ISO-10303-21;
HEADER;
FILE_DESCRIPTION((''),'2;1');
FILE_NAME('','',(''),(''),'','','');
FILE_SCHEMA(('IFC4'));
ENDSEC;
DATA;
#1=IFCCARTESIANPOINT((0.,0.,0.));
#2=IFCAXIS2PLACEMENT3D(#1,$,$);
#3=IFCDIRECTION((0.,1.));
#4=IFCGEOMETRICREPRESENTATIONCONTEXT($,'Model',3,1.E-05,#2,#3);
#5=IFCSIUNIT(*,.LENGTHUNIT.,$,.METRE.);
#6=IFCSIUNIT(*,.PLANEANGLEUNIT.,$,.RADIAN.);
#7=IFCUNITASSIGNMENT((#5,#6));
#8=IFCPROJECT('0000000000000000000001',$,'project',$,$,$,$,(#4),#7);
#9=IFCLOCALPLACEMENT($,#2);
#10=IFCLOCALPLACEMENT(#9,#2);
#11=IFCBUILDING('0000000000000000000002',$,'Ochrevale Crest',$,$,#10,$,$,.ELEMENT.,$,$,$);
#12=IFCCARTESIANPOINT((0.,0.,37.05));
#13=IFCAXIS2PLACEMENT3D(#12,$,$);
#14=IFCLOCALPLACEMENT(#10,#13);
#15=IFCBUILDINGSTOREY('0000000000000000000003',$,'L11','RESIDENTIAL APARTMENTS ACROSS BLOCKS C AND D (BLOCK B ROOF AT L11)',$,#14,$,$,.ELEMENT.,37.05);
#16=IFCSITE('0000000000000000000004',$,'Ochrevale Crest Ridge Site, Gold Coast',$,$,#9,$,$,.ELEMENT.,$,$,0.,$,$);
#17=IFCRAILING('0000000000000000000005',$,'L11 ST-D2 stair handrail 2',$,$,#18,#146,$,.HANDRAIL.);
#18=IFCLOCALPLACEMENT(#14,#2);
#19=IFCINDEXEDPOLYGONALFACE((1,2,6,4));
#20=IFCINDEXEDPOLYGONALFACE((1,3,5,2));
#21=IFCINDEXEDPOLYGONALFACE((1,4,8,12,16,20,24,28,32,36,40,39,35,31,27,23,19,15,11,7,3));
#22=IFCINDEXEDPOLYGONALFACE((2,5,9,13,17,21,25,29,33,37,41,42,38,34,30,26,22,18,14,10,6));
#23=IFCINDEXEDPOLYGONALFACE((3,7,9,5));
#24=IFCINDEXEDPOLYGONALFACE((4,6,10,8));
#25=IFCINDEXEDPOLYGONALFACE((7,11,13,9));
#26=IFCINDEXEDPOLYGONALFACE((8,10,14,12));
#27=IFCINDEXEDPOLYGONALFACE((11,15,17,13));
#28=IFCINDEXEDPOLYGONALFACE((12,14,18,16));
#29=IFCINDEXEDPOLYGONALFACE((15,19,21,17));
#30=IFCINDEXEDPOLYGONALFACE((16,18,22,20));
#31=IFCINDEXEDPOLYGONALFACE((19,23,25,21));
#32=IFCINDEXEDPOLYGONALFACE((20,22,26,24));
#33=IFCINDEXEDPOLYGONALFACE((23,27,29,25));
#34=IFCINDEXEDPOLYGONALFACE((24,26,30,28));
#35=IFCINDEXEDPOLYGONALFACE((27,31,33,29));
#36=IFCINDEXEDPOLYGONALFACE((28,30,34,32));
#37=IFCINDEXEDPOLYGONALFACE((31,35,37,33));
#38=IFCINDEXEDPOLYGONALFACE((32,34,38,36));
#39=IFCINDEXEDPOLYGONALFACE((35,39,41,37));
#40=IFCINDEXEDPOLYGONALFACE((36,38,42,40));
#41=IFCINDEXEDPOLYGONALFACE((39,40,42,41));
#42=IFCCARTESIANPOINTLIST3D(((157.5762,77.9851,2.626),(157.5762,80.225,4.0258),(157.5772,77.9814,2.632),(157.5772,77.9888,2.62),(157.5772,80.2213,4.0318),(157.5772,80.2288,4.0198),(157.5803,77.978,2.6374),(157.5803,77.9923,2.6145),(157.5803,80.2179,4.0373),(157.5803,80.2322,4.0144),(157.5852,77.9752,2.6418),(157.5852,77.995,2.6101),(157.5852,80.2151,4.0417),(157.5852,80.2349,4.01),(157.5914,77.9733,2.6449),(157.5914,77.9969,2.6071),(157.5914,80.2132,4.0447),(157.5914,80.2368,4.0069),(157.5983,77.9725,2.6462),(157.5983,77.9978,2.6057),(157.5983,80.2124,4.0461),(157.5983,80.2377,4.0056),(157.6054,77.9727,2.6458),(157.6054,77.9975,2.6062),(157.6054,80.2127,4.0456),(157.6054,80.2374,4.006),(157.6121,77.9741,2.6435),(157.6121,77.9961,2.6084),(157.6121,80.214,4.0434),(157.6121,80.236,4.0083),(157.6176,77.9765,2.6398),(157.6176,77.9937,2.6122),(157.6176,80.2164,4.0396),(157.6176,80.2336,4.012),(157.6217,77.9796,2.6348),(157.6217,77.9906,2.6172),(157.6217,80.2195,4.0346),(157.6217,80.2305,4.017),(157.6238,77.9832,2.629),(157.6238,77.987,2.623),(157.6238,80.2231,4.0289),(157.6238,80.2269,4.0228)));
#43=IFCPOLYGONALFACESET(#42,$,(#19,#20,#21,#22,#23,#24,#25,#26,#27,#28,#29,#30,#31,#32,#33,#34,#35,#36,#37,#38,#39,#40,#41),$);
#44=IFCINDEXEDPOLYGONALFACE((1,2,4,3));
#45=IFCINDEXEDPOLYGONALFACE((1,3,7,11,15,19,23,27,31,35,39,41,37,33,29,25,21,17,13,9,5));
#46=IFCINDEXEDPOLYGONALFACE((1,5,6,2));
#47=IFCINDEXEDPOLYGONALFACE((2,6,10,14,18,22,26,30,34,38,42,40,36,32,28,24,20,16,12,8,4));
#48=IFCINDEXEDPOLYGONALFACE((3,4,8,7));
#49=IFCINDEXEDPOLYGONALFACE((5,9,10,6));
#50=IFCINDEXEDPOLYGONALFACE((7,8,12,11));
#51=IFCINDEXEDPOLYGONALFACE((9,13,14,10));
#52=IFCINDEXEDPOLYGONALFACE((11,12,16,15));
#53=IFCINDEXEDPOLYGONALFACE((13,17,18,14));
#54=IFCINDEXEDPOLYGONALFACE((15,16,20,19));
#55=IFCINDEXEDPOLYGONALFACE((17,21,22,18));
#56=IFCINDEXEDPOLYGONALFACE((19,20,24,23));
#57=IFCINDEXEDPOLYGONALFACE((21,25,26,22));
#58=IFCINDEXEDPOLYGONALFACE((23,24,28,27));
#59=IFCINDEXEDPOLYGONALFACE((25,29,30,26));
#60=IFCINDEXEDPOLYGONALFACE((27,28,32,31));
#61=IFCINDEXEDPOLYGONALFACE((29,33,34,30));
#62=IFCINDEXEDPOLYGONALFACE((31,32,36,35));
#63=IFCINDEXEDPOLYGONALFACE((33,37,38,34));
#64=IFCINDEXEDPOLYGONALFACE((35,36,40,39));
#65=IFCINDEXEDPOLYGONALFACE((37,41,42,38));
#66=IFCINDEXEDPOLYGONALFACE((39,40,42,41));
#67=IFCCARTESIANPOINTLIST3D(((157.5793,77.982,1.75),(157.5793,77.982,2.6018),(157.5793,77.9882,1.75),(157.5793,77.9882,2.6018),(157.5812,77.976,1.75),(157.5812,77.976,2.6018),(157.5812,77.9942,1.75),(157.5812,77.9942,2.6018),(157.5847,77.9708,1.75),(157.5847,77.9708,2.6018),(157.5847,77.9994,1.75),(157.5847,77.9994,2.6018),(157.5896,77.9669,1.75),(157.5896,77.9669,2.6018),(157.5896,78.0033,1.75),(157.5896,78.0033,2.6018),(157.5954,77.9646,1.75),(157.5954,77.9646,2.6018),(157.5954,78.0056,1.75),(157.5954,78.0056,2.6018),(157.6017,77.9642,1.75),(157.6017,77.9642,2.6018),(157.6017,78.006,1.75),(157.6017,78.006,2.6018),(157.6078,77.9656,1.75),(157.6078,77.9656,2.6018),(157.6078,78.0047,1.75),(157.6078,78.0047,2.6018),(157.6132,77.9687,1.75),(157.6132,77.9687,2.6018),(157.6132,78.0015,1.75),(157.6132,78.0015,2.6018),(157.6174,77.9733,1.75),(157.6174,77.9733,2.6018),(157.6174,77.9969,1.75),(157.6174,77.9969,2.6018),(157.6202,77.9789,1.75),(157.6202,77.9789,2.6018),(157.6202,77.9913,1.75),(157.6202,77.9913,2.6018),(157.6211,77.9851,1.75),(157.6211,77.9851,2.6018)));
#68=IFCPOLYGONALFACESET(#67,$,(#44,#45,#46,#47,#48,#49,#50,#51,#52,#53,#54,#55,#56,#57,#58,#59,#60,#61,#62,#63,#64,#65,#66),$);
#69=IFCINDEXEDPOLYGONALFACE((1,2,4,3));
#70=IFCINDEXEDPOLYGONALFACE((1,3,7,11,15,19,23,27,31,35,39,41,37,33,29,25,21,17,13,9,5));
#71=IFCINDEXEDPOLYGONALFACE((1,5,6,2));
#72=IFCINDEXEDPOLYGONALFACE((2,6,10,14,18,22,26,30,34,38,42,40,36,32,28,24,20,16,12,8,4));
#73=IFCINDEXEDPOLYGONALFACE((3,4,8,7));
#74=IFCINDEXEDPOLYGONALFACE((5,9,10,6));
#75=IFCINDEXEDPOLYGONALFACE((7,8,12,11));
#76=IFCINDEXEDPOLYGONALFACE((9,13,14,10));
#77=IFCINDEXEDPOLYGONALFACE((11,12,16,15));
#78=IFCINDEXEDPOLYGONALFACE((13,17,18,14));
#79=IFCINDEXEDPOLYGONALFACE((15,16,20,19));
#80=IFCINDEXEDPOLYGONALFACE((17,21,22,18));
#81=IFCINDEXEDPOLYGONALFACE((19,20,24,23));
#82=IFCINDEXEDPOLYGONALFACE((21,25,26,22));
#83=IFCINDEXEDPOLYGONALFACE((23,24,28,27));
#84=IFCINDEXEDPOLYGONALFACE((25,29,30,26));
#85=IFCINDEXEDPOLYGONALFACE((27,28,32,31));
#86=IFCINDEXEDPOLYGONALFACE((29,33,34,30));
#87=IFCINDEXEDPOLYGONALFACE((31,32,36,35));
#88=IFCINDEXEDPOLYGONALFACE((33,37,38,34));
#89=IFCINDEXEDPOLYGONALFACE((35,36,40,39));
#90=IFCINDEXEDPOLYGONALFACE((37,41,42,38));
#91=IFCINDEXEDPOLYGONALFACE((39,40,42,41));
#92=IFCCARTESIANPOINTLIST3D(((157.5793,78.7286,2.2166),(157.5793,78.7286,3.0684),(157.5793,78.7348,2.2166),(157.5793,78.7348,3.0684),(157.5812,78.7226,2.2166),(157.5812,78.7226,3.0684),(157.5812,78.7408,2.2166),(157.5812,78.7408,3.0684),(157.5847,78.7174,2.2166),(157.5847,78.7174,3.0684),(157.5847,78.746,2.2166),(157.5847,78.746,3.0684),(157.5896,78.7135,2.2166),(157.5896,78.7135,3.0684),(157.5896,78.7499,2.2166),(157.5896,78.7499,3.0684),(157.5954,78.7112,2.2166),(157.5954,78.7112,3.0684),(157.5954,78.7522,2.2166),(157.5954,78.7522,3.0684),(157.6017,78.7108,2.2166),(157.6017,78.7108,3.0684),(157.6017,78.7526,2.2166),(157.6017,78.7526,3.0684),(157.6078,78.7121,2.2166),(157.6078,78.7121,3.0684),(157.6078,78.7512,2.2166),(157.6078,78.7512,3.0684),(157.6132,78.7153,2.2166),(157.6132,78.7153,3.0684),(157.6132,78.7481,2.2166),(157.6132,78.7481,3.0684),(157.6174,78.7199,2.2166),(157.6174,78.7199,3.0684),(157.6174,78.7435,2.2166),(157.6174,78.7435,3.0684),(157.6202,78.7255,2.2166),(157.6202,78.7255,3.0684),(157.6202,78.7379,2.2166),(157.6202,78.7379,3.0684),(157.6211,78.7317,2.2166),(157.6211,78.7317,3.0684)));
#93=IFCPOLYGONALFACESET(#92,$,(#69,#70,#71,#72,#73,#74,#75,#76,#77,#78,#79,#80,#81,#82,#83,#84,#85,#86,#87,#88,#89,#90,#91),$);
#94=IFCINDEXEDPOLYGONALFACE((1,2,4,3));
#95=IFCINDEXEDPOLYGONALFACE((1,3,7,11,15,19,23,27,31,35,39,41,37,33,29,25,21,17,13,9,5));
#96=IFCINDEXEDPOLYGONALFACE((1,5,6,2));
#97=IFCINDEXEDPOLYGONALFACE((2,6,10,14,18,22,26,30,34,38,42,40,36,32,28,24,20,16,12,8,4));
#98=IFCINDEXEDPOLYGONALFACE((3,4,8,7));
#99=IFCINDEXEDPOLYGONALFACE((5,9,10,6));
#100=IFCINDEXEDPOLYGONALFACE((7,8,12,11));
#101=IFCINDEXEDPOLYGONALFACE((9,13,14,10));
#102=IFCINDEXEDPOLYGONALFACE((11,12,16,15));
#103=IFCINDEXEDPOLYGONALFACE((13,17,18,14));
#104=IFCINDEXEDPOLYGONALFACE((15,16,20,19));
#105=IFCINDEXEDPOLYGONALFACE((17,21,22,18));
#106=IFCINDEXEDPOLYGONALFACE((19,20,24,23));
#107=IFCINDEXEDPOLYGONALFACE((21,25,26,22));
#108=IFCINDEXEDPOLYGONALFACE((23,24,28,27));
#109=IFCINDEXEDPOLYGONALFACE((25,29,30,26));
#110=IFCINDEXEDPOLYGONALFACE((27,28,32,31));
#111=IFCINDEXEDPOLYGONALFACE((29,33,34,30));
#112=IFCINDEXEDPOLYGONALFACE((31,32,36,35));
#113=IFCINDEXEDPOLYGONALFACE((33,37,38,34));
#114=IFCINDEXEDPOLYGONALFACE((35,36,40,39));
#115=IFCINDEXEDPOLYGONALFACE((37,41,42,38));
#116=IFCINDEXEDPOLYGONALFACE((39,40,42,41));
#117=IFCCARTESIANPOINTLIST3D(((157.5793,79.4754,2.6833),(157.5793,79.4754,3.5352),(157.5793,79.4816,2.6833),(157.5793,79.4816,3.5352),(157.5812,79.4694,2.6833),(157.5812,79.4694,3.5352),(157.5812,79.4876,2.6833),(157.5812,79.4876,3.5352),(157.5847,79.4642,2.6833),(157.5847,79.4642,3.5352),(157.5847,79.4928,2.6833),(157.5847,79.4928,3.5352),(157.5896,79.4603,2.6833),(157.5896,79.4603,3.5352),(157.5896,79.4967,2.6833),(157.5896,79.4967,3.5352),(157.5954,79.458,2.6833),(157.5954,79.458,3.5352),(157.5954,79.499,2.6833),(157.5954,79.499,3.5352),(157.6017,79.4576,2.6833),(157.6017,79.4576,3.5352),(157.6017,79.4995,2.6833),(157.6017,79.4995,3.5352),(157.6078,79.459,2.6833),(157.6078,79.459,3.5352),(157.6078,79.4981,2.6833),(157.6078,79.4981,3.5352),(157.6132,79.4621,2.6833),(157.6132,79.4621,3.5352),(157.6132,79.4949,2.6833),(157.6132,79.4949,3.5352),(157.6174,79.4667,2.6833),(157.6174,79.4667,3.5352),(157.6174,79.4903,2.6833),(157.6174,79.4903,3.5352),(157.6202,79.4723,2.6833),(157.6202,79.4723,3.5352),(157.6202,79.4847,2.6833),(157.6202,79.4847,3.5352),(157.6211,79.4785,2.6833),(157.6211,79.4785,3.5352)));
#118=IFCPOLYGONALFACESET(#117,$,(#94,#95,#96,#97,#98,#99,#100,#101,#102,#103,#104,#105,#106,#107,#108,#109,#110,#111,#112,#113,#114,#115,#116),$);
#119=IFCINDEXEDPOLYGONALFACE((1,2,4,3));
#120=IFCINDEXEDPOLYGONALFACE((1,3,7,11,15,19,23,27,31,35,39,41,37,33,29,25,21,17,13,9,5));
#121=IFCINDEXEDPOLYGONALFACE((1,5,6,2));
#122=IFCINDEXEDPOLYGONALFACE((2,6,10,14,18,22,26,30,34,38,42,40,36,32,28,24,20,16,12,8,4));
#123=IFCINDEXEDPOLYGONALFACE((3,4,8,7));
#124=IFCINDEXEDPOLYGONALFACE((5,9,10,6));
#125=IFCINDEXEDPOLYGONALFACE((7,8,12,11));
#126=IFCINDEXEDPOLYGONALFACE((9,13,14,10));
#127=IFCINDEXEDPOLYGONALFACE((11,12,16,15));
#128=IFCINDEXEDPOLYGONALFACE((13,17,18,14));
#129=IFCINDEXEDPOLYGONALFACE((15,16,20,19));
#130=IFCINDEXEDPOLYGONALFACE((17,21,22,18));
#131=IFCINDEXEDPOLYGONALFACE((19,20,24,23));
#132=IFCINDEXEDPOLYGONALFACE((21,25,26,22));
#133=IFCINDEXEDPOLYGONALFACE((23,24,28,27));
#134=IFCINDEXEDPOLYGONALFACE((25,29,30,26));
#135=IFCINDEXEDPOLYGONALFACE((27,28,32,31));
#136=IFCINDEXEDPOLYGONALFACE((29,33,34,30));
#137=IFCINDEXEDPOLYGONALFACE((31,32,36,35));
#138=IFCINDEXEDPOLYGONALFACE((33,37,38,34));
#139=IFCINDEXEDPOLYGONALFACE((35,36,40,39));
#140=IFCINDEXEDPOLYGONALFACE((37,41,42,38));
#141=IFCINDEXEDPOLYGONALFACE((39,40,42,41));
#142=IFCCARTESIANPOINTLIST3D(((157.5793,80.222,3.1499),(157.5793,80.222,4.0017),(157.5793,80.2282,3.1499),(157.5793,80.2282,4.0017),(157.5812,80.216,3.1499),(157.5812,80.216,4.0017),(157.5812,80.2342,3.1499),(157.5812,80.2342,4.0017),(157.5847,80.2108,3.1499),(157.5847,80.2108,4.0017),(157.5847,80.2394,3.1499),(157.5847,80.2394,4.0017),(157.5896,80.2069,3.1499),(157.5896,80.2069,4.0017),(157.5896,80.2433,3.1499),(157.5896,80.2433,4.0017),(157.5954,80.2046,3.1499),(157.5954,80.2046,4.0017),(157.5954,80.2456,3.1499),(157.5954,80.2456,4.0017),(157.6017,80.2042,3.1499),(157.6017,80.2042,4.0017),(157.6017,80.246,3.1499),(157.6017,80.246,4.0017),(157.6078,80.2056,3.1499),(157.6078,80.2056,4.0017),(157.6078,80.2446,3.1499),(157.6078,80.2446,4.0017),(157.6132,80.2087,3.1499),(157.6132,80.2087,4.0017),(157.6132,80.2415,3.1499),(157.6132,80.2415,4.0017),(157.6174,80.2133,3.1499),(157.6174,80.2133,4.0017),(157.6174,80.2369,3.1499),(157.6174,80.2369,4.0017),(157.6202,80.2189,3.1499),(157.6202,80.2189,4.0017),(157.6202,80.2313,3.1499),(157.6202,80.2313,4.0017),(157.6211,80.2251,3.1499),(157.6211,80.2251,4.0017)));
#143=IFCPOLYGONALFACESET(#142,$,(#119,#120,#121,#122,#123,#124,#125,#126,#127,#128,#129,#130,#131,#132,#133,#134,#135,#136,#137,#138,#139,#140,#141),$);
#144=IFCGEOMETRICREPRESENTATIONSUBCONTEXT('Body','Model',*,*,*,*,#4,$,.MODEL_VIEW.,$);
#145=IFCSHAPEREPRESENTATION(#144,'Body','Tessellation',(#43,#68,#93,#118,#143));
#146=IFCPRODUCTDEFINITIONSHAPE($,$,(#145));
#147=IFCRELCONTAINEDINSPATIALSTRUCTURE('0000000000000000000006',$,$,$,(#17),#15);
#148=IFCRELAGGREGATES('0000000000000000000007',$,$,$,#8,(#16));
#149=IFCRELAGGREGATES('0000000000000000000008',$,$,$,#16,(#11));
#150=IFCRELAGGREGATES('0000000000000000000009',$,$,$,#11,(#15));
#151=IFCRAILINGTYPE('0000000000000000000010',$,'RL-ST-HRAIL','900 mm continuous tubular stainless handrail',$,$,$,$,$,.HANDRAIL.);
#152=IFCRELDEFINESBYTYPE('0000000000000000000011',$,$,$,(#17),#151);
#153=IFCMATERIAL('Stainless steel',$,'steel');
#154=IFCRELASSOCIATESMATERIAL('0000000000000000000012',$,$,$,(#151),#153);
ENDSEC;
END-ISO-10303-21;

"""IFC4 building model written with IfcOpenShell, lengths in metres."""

from ifc_helpers import new_model, si_unit, direction, frame, origin, origin_2d, place, context, subcontext, project, spatial, circle, extrude, material, type_object, element, save


model = new_model("IFC4")

# Units and contexts
model_context = context("Model", 3, precision=1e-05, world=origin(), true_north=direction((0.0, 1.0)))
body_context = subcontext(model_context, "Body", "Model", "MODEL_VIEW")
ifc_project = project(units=[si_unit("LENGTHUNIT", "METRE"), si_unit("PLANEANGLEUNIT", "RADIAN")], contexts=[model_context])

# Site, building, storey
site_placement = place(None, origin())
site = spatial("IfcSite", under=ifc_project, at=site_placement, Name="Ochrevale Crest Ridge Site, Gold Coast", CompositionType="ELEMENT", RefElevation=0.0)
building_placement = place(site_placement, origin())
building = spatial("IfcBuilding", under=site, at=building_placement, Name="Ochrevale Crest", CompositionType="ELEMENT")
storey_placement = place(building_placement, frame((0.0, 0.0, 37.05)))
storey = spatial("IfcBuildingStorey", under=building, at=storey_placement, Name="L11", Description="RESIDENTIAL APARTMENTS ACROSS BLOCKS C AND D (BLOCK B ROOF AT L11)", CompositionType="ELEMENT", Elevation=37.05)

# Railing
ifc_material_1 = material(Name="Stainless steel", Category="steel")
railing_type_1 = type_object("IfcRailingType", Name="RL-ST-HRAIL", Description="900 mm continuous tubular stainless handrail", PredefinedType="HANDRAIL", material=ifc_material_1)
railing_1_placement = place(storey_placement, frame((157.6001, 77.9851, 1.75)))
element("IfcRailing", 1, at=railing_1_placement, inside=storey, type_object=railing_type_1, Name="L11 ST-D2 stair handrail 2", PredefinedType="HANDRAIL", context=body_context, shape_type="SweptSolid", body=[
    extrude(circle(Radius=0.0239, at=origin_2d()), frame((0.0, 0.0, 0.876), z_axis=(0.0, 0.848014, 0.529974), x_axis=(-1.0, 0.0, 0.0)), (0.0, 0.0, 1.0), 2.6414),
    extrude(circle(Radius=0.021, at=origin_2d()), origin(), (0.0, 0.0, 1.0), 0.8518),
    extrude(circle(Radius=0.021, at=origin_2d()), frame((0.0, 0.7466, 0.4666)), (0.0, 0.0, 1.0), 0.8518),
    extrude(circle(Radius=0.021, at=origin_2d()), frame((0.0, 1.4934, 0.9333)), (0.0, 0.0, 1.0), 0.8518),
    extrude(circle(Radius=0.021, at=origin_2d()), frame((0.0, 2.24, 1.3999)), (0.0, 0.0, 1.0), 0.8518),
])

save(model, "model.ifc")
